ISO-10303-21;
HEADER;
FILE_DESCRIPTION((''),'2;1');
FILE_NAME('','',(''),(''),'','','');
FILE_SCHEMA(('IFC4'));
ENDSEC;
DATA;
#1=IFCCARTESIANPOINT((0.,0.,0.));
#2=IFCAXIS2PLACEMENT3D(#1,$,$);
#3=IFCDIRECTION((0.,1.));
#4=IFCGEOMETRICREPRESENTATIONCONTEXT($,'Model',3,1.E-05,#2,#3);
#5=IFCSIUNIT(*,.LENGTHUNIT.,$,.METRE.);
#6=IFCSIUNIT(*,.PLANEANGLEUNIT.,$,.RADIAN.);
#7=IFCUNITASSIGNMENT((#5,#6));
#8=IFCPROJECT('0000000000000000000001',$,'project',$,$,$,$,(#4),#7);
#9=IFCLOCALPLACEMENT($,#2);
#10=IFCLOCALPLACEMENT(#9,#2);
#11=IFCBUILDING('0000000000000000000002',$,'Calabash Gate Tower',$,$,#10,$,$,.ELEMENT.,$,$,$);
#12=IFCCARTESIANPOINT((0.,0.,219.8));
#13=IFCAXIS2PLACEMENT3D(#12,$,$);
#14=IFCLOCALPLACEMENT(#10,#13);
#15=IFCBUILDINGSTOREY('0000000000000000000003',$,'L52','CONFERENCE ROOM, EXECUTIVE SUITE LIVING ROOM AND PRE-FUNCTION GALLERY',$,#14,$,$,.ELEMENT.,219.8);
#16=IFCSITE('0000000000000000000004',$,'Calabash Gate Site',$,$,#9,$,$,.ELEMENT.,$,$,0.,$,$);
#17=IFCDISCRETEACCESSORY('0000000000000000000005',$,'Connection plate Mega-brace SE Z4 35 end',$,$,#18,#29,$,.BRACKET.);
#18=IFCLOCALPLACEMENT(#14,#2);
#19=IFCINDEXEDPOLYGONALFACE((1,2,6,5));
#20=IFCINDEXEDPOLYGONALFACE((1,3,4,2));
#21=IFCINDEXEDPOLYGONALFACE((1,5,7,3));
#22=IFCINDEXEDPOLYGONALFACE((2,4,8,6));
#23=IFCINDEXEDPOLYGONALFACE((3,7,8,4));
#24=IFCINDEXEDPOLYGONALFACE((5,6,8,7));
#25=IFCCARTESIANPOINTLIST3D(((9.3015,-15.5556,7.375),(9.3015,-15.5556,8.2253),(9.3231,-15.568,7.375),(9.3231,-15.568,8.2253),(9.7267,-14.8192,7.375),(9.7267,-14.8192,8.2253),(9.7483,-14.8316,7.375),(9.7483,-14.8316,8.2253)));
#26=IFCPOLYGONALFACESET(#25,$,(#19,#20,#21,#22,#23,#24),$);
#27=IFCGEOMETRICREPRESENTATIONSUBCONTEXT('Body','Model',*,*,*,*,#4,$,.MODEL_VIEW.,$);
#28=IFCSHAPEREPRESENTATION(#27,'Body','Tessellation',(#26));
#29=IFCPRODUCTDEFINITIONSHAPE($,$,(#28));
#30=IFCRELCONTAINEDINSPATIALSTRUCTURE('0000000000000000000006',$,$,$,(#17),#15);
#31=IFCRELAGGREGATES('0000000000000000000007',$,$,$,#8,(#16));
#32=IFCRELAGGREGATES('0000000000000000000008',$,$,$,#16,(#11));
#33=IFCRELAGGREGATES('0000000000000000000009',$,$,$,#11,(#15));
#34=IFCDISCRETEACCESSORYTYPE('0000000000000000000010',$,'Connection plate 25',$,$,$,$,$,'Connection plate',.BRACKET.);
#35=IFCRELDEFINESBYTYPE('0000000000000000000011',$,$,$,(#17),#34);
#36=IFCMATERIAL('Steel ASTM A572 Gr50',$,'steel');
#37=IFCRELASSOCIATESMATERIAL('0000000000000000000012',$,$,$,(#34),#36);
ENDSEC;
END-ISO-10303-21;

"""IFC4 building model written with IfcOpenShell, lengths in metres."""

from ifc_helpers import new_model, si_unit, direction, frame, origin, origin_2d, place, context, subcontext, project, spatial, rectangle, extrude, material, type_object, element, save


model = new_model("IFC4")

# Units and contexts
model_context = context("Model", 3, precision=1e-05, world=origin(), true_north=direction((0.0, 1.0)))
body_context = subcontext(model_context, "Body", "Model", "MODEL_VIEW")
ifc_project = project(units=[si_unit("LENGTHUNIT", "METRE"), si_unit("PLANEANGLEUNIT", "RADIAN")], contexts=[model_context])

# Site, building, storey
site_placement = place(None, origin())
site = spatial("IfcSite", under=ifc_project, at=site_placement, Name="Calabash Gate Site", CompositionType="ELEMENT", RefElevation=0.0)
building_placement = place(site_placement, origin())
building = spatial("IfcBuilding", under=site, at=building_placement, Name="Calabash Gate Tower", CompositionType="ELEMENT")
storey_placement = place(building_placement, frame((0.0, 0.0, 219.8)))
storey = spatial("IfcBuildingStorey", under=building, at=storey_placement, Name="L52", Description="CONFERENCE ROOM, EXECUTIVE SUITE LIVING ROOM AND PRE-FUNCTION GALLERY", CompositionType="ELEMENT", Elevation=219.8)

# Discrete accessory
ifc_material_1 = material(Name="Steel ASTM A572 Gr50", Category="steel")
discrete_accessory_type = type_object("IfcDiscreteAccessoryType", Name="Connection plate 25", ElementType="Connection plate", PredefinedType="BRACKET", material=ifc_material_1)
discrete_accessory_placement = place(storey_placement, frame((9.5249, -15.1936, 7.375), z_axis=(0.0, 0.0, 1.0), x_axis=(-0.5, -0.866025, 0.0)))
element("IfcDiscreteAccessory", 1, at=discrete_accessory_placement, inside=storey, type_object=discrete_accessory_type, Name="Connection plate Mega-brace SE Z4 35 end", PredefinedType="BRACKET", context=body_context, shape_type="SweptSolid", body=[
    extrude(rectangle(XDim=0.8503, YDim=0.0249, at=origin_2d()), origin(), (0.0, 0.0, 1.0), 0.8503),
])

save(model, "model.ifc")
